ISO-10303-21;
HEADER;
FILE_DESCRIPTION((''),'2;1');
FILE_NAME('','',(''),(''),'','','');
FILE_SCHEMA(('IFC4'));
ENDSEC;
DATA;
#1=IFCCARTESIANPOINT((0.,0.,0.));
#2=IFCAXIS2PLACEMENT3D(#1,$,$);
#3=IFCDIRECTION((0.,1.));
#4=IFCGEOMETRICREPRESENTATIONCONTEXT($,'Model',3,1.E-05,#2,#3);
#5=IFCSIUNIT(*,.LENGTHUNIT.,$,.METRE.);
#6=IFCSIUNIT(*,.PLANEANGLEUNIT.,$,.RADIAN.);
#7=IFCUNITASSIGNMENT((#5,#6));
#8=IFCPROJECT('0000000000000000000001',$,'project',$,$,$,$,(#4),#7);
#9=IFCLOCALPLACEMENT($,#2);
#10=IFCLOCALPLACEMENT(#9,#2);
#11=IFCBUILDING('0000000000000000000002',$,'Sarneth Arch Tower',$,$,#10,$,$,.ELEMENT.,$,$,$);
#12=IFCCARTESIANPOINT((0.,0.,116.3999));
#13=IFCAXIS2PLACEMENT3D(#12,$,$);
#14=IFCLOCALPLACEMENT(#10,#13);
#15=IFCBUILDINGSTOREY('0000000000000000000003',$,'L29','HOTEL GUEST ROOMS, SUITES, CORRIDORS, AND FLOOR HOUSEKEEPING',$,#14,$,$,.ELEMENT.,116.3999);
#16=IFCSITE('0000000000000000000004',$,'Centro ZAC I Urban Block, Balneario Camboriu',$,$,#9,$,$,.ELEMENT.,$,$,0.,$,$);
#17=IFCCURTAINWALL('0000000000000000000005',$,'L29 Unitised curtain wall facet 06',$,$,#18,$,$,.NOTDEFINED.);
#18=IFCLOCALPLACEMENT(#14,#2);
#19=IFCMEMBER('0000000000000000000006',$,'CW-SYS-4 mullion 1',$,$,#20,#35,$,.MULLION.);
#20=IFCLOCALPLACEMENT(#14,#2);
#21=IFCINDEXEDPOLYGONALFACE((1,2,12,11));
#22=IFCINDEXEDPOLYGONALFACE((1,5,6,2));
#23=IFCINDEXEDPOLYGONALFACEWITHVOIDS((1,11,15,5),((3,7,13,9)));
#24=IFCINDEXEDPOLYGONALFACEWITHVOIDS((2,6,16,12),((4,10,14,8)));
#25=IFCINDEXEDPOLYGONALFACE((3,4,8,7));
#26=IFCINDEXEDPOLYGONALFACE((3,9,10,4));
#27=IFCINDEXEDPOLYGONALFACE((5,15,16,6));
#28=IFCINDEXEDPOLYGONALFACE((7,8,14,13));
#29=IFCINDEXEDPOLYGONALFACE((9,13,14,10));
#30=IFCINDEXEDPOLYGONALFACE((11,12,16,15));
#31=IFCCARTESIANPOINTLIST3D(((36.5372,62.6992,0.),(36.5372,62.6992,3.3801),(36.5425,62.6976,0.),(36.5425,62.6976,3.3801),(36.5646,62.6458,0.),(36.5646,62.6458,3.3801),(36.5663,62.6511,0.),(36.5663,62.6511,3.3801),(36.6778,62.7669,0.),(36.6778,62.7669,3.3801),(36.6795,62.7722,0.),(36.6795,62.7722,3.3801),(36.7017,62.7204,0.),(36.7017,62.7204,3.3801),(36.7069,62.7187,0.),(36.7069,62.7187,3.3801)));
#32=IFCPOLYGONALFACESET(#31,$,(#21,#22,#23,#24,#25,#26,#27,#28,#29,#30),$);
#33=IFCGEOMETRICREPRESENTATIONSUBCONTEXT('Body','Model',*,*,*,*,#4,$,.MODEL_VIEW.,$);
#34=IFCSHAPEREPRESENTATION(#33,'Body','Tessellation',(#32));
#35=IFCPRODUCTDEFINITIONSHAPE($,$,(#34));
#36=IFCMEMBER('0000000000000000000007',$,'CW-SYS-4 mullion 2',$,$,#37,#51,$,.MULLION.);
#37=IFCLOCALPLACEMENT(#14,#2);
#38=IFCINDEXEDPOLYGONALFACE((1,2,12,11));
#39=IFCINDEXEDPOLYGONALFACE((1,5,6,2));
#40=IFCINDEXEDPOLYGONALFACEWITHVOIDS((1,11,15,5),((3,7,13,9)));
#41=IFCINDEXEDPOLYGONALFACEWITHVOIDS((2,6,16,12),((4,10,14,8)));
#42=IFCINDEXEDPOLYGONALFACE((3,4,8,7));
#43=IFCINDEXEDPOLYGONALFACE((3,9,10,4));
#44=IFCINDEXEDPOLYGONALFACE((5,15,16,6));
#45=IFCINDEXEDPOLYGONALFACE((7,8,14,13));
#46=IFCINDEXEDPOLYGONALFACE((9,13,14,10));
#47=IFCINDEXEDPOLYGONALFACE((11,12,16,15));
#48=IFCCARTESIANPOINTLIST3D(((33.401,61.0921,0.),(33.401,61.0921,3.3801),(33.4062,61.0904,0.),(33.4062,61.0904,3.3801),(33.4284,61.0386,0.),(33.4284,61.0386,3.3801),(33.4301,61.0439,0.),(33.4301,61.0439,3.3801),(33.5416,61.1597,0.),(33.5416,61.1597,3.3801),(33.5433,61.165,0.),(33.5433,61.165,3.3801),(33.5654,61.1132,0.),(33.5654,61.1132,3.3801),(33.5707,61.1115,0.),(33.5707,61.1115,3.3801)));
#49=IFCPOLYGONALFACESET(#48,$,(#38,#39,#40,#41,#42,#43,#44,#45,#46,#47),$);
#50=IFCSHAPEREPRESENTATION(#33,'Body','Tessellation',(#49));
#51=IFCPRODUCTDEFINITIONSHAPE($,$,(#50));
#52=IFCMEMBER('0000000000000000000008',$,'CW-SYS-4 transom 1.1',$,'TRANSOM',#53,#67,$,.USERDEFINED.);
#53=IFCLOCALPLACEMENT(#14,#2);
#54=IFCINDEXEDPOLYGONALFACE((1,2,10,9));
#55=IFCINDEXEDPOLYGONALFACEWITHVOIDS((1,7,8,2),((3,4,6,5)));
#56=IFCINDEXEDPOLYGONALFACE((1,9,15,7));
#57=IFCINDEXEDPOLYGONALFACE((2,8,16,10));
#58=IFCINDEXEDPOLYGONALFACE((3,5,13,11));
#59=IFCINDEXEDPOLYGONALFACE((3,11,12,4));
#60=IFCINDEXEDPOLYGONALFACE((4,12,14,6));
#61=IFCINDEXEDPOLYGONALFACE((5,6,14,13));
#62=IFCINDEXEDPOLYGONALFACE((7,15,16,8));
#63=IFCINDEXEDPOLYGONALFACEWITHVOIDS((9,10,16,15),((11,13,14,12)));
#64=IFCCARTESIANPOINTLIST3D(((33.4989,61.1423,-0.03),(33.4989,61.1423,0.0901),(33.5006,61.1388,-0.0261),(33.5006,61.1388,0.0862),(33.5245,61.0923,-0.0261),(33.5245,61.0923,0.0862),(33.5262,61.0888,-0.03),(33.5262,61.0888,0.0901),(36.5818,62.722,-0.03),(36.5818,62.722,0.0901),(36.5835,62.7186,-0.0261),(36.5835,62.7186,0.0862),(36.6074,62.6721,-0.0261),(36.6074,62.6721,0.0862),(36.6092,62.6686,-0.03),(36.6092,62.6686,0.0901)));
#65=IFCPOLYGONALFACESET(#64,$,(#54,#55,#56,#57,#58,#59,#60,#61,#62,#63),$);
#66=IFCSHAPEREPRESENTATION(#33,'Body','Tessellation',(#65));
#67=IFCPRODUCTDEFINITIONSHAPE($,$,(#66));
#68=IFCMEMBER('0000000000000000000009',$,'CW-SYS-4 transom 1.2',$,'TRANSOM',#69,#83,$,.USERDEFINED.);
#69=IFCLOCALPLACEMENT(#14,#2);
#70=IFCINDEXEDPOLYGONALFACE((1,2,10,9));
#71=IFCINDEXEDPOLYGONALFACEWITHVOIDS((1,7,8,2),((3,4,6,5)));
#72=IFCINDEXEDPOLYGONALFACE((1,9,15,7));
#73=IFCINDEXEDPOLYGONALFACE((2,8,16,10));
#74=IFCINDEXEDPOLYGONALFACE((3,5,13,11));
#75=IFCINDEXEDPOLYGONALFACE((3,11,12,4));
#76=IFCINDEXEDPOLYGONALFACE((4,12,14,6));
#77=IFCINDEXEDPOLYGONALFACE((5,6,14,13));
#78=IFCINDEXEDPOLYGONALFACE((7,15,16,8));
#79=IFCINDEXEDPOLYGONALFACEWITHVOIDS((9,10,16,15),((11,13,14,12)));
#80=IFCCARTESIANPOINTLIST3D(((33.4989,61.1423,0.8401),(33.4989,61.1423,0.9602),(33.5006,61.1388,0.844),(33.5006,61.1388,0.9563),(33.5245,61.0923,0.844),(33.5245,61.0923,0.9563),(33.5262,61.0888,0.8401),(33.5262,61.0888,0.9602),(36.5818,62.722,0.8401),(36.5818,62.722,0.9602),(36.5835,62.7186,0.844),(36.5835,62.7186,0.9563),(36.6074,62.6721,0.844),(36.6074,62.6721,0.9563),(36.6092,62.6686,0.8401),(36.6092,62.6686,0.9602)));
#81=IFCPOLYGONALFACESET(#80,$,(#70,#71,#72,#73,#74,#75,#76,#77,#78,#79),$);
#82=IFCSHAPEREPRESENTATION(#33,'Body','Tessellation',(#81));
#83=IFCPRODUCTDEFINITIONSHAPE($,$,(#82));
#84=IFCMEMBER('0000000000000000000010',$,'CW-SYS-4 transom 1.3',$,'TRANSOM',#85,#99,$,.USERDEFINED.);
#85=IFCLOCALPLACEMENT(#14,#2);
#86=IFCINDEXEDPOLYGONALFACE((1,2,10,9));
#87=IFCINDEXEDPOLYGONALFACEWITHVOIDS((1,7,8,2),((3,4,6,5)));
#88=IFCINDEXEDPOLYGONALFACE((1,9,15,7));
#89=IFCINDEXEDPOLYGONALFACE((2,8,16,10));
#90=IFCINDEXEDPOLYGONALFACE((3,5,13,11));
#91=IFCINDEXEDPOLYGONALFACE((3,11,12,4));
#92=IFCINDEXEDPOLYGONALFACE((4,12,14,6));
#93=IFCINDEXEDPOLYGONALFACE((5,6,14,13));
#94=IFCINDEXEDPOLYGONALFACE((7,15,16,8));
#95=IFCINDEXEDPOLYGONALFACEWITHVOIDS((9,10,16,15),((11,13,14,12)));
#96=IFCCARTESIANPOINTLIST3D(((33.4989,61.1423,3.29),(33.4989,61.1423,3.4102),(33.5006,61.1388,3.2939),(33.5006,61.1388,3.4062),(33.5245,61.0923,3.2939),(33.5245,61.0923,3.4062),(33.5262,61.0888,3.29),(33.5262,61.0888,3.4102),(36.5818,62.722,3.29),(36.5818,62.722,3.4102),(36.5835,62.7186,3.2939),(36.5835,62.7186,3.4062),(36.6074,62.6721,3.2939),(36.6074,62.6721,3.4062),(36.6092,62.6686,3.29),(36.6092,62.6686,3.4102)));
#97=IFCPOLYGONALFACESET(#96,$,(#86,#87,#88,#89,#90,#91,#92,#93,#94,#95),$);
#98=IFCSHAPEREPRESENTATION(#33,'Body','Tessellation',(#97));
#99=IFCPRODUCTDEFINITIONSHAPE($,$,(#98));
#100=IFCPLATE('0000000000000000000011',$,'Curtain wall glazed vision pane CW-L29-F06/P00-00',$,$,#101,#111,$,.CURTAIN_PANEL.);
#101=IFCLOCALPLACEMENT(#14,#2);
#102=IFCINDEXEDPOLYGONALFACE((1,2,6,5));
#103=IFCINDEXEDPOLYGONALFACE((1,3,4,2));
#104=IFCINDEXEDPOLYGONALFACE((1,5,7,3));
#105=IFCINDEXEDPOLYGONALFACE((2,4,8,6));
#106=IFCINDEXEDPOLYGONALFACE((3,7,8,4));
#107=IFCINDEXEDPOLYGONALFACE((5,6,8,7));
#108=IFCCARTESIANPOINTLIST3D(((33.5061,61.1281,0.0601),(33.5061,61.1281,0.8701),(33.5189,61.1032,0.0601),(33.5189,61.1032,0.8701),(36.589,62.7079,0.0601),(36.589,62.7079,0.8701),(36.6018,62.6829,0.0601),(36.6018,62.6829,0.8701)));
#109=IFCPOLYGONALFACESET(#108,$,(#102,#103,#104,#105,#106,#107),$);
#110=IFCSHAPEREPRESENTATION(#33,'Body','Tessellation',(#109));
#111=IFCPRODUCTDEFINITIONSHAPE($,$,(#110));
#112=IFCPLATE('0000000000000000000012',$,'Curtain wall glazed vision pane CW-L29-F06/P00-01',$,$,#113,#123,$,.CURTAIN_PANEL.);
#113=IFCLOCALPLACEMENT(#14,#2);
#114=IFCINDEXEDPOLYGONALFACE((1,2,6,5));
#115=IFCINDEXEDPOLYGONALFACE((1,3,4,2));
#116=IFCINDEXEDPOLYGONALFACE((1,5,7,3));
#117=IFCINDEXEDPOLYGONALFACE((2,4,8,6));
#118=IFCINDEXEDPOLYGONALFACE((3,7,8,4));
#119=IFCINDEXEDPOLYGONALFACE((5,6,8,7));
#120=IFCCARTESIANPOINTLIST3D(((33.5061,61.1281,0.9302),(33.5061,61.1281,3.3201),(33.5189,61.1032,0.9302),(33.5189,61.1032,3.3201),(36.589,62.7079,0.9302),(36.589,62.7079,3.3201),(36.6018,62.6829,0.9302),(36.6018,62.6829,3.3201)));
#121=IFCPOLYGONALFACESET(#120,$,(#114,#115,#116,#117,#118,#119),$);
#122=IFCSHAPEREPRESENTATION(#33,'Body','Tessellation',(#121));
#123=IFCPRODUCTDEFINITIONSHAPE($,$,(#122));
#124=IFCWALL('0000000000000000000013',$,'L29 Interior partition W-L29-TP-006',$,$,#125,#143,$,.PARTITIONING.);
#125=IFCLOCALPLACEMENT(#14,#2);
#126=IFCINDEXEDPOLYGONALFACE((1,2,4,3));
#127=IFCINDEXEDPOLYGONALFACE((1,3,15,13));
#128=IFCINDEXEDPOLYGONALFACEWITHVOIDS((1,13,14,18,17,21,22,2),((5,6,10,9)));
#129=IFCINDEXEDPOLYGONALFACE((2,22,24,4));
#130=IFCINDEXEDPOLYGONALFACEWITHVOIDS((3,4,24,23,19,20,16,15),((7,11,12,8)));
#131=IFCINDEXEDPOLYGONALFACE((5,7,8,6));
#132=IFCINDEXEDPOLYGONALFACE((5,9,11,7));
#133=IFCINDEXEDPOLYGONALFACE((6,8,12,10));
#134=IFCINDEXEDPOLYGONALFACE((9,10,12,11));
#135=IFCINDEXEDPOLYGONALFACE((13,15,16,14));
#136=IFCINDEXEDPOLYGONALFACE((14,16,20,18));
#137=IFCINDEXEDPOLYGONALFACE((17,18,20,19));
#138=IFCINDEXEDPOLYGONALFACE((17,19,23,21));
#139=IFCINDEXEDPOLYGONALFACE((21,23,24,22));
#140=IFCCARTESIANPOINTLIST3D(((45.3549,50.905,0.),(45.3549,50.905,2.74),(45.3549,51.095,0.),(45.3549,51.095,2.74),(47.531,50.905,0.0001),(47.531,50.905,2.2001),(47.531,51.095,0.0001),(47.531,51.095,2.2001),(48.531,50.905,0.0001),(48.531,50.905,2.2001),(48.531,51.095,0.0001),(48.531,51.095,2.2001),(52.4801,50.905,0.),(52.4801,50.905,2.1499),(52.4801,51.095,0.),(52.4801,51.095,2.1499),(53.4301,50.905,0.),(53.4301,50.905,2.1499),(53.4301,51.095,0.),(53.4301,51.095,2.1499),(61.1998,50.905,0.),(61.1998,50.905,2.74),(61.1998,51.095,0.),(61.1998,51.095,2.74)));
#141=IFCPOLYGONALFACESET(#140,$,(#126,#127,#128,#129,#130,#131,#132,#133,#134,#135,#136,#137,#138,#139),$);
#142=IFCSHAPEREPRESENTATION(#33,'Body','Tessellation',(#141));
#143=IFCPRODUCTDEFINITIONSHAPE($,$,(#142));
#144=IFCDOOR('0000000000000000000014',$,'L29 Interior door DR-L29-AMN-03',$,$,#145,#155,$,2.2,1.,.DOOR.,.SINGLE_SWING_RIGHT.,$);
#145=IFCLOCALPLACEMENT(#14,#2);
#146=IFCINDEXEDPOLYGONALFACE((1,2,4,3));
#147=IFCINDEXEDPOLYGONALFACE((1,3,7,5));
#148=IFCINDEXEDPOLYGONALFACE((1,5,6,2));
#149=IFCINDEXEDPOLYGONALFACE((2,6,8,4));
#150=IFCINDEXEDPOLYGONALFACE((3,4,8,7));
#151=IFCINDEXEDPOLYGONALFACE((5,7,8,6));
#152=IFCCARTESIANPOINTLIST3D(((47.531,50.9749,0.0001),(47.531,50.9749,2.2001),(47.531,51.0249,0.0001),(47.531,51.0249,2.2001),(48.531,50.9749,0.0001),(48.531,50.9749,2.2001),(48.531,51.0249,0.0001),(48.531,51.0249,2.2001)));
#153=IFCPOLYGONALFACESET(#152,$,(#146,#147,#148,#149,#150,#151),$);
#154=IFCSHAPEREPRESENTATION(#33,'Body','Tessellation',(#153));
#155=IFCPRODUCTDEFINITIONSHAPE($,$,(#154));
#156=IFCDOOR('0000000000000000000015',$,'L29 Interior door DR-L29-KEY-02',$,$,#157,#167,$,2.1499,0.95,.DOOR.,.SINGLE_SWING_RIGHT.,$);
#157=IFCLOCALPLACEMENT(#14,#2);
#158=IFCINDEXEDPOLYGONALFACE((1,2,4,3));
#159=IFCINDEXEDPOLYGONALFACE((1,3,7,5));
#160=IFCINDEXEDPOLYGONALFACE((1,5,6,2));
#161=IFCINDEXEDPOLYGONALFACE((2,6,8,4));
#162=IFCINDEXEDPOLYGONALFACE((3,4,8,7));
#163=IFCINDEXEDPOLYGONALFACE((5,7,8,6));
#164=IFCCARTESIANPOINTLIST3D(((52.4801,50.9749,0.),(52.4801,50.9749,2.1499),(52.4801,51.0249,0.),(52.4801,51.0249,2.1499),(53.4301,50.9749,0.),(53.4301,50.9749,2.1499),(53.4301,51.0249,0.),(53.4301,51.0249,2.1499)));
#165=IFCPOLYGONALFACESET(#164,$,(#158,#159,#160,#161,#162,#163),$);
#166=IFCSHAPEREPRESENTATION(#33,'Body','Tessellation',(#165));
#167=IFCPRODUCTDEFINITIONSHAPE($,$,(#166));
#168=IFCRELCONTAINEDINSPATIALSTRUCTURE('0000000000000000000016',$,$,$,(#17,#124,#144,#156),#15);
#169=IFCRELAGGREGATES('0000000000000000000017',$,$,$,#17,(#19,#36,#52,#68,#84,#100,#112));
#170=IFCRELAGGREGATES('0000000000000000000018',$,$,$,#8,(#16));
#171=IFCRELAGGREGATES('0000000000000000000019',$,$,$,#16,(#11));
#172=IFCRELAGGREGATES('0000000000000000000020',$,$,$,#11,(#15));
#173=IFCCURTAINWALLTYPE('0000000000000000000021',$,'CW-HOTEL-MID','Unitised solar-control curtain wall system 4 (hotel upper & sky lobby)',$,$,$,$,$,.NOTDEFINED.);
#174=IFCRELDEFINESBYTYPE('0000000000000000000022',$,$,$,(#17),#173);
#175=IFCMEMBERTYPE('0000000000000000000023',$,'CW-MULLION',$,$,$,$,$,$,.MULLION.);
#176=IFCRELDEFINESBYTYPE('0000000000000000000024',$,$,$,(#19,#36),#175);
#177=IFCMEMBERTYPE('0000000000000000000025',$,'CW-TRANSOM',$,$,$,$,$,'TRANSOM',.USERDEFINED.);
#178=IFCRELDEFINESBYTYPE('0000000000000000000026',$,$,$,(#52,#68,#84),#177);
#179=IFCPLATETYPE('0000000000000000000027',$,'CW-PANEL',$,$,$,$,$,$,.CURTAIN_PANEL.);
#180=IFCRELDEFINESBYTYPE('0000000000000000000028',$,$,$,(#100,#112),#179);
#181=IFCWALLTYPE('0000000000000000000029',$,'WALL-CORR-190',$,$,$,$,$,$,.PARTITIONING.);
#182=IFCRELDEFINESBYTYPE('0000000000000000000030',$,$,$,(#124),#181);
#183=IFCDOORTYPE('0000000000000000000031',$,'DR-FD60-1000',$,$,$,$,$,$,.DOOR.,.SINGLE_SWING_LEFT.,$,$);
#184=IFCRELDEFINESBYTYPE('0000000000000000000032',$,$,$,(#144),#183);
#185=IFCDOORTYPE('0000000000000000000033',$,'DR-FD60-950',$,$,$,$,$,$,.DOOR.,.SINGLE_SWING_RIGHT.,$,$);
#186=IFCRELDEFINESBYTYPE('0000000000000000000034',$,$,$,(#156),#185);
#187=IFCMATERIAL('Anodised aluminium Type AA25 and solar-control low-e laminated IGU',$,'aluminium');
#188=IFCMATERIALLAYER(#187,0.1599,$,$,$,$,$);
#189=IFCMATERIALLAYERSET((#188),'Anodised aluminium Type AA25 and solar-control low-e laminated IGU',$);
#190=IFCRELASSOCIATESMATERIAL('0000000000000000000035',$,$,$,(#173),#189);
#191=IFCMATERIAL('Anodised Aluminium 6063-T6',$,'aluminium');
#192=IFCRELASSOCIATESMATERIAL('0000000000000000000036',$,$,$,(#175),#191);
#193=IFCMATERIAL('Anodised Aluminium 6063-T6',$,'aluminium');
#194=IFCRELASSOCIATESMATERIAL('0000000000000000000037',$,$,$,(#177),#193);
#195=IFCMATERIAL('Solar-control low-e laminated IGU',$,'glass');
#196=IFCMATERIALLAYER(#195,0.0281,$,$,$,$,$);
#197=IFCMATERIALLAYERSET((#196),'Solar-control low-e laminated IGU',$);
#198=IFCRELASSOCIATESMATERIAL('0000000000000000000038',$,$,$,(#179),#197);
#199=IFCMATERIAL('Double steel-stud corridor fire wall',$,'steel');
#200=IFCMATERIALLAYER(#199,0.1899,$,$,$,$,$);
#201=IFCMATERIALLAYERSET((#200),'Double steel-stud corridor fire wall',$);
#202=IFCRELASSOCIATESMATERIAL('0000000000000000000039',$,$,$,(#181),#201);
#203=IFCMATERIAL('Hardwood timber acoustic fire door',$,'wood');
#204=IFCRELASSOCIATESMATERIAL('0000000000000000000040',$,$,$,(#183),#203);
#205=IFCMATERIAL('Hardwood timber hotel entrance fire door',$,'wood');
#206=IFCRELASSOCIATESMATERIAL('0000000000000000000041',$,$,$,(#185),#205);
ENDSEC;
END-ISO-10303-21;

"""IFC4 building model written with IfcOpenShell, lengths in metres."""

from ifc_helpers import new_model, si_unit, direction, frame, frame_2d, origin, origin_2d, place, context, subcontext, project, spatial, rectangle, hollow_rectangle, extrude, material, layer, layer_set, material_profile, profile_set, type_object, element, fill, aggregate, save


model = new_model("IFC4")

# Units and contexts
model_context = context("Model", 3, precision=1e-05, world=origin(), true_north=direction((0.0, 1.0)))
body_context = subcontext(model_context, "Body", "Model", "MODEL_VIEW")
ifc_project = project(units=[si_unit("LENGTHUNIT", "METRE"), si_unit("PLANEANGLEUNIT", "RADIAN")], contexts=[model_context])

# Site, building, storey
site_placement = place(None, origin())
site = spatial("IfcSite", under=ifc_project, at=site_placement, Name="Centro ZAC I Urban Block, Balneario Camboriu", CompositionType="ELEMENT", RefElevation=0.0)
building_placement = place(site_placement, origin())
building = spatial("IfcBuilding", under=site, at=building_placement, Name="Sarneth Arch Tower", CompositionType="ELEMENT")
storey_placement = place(building_placement, frame((0.0, 0.0, 116.3999)))
storey = spatial("IfcBuildingStorey", under=building, at=storey_placement, Name="L29", Description="HOTEL GUEST ROOMS, SUITES, CORRIDORS, AND FLOOR HOUSEKEEPING", CompositionType="ELEMENT", Elevation=116.3999)

# Curtain wall, members, plates
ifc_material_1 = material(Name="Anodised aluminium Type AA25 and solar-control low-e laminated IGU", Category="aluminium")
ifc_layer_1 = layer(ifc_material_1, 0.1599)
ifc_layer_set_1 = layer_set([ifc_layer_1], Name="Anodised aluminium Type AA25 and solar-control low-e laminated IGU")
curtain_wall_type = type_object("IfcCurtainWallType", Name="CW-HOTEL-MID", Description="Unitised solar-control curtain wall system 4 (hotel upper & sky lobby)", PredefinedType="NOTDEFINED", material=ifc_layer_set_1)
curtain_wall_placement = place(storey_placement, origin())
curtain_wall = element("IfcCurtainWall", 1, at=curtain_wall_placement, inside=storey, type_object=curtain_wall_type, Name="L29 Unitised curtain wall facet 06", PredefinedType="NOTDEFINED")
ifc_material_2 = material(Name="Anodised Aluminium 6063-T6", Category="aluminium")
ifc_material_profile_1 = material_profile(ifc_material_2, hollow_rectangle(XDim=0.0601, YDim=0.1599, WallThickness=0.0039, at=origin_2d()), Name="AL-MULL-160x60x4")
ifc_profile_set_1 = profile_set([ifc_material_profile_1], Name="Anodised Aluminium 6063-T6")
member_type_1 = type_object("IfcMemberType", Name="CW-MULLION", PredefinedType="MULLION", material=ifc_profile_set_1)
member_1_placement = place(storey_placement, frame((36.6221, 62.709, 0.0), z_axis=(0.0, 0.0, 1.0), x_axis=(0.456031, -0.889964, 0.0)))
member_1 = element("IfcMember", 2, at=member_1_placement, type_object=member_type_1, Name="CW-SYS-4 mullion 1", PredefinedType="MULLION", context=body_context, shape_type="SweptSolid", body=[
    extrude(hollow_rectangle(XDim=0.0601, YDim=0.1599, WallThickness=0.0039, at=origin_2d()), origin(), (0.0, 0.0, 1.0), 3.3801),
])
member_2_placement = place(storey_placement, frame((33.4858, 61.1018, 0.0), z_axis=(0.0, 0.0, 1.0), x_axis=(0.456031, -0.889964, 0.0)))
member_2 = element("IfcMember", 3, at=member_2_placement, type_object=member_type_1, Name="CW-SYS-4 mullion 2", PredefinedType="MULLION", context=body_context, shape_type="SweptSolid", body=[
    extrude(hollow_rectangle(XDim=0.0601, YDim=0.1599, WallThickness=0.0039, at=origin_2d()), origin(), (0.0, 0.0, 1.0), 3.3801),
])
ifc_material_3 = material(Name="Anodised Aluminium 6063-T6", Category="aluminium")
ifc_material_profile_2 = material_profile(ifc_material_3, hollow_rectangle(XDim=0.0601, YDim=0.1201, WallThickness=0.0039, at=origin_2d()), Name="AL-TRAN-120x60x4")
ifc_profile_set_2 = profile_set([ifc_material_profile_2], Name="Anodised Aluminium 6063-T6")
member_type_2 = type_object("IfcMemberType", Name="CW-TRANSOM", ElementType="TRANSOM", PredefinedType="USERDEFINED", material=ifc_profile_set_2)
member_3_placement = place(storey_placement, frame((36.5955, 62.6953, 0.03), z_axis=(-0.889958, -0.456043, 0.0), x_axis=(0.456043, -0.889958, 0.0)))
member_3 = element("IfcMember", 4, at=member_3_placement, type_object=member_type_2, Name="CW-SYS-4 transom 1.1", ObjectType="TRANSOM", PredefinedType="USERDEFINED", context=body_context, shape_type="SweptSolid", body=[
    extrude(hollow_rectangle(XDim=0.0601, YDim=0.1201, WallThickness=0.0039, at=origin_2d()), origin(), (0.0, 0.0, 1.0), 3.4641),
])
member_4_placement = place(storey_placement, frame((36.5955, 62.6953, 0.9001), z_axis=(-0.889958, -0.456043, 0.0), x_axis=(0.456043, -0.889958, 0.0)))
member_4 = element("IfcMember", 5, at=member_4_placement, type_object=member_type_2, Name="CW-SYS-4 transom 1.2", ObjectType="TRANSOM", PredefinedType="USERDEFINED", context=body_context, shape_type="SweptSolid", body=[
    extrude(hollow_rectangle(XDim=0.0601, YDim=0.1201, WallThickness=0.0039, at=origin_2d()), origin(), (0.0, 0.0, 1.0), 3.4641),
])
member_5_placement = place(storey_placement, frame((36.5955, 62.6953, 3.3501), z_axis=(-0.889958, -0.456043, 0.0), x_axis=(0.456043, -0.889958, 0.0)))
member_5 = element("IfcMember", 6, at=member_5_placement, type_object=member_type_2, Name="CW-SYS-4 transom 1.3", ObjectType="TRANSOM", PredefinedType="USERDEFINED", context=body_context, shape_type="SweptSolid", body=[
    extrude(hollow_rectangle(XDim=0.0601, YDim=0.1201, WallThickness=0.0039, at=origin_2d()), origin(), (0.0, 0.0, 1.0), 3.4641),
])
ifc_material_4 = material(Name="Solar-control low-e laminated IGU", Category="glass")
ifc_layer_2 = layer(ifc_material_4, 0.0281)
ifc_layer_set_2 = layer_set([ifc_layer_2], Name="Solar-control low-e laminated IGU")
plate_type = type_object("IfcPlateType", Name="CW-PANEL", PredefinedType="CURTAIN_PANEL", material=ifc_layer_set_2)
plate_1_placement = place(storey_placement, frame((35.054, 61.9055, 0.0601), z_axis=(0.0, 0.0, 1.0), x_axis=(-0.889964, -0.456031, 0.0)))
plate_1 = element("IfcPlate", 7, at=plate_1_placement, type_object=plate_type, Name="Curtain wall glazed vision pane CW-L29-F06/P00-00", PredefinedType="CURTAIN_PANEL", context=body_context, shape_type="SweptSolid", body=[
    extrude(rectangle(XDim=3.4641, YDim=0.0281, at=origin_2d()), origin(), (0.0, 0.0, 1.0), 0.8101),
])
plate_2_placement = place(storey_placement, frame((35.054, 61.9055, 0.9302), z_axis=(0.0, 0.0, 1.0), x_axis=(-0.889964, -0.456031, 0.0)))
plate_2 = element("IfcPlate", 8, at=plate_2_placement, type_object=plate_type, Name="Curtain wall glazed vision pane CW-L29-F06/P00-01", PredefinedType="CURTAIN_PANEL", context=body_context, shape_type="SweptSolid", body=[
    extrude(rectangle(XDim=3.4641, YDim=0.0281, at=origin_2d()), origin(), (0.0, 0.0, 1.0), 2.3899),
])
aggregate(curtain_wall, [member_1, member_2, member_3, member_4, member_5, plate_1, plate_2])

# Wall, openings, doors
ifc_material_5 = material(Name="Double steel-stud corridor fire wall", Category="steel")
ifc_layer_3 = layer(ifc_material_5, 0.1899)
ifc_layer_set_3 = layer_set([ifc_layer_3], Name="Double steel-stud corridor fire wall")
wall_type_1 = type_object("IfcWallType", Name="WALL-CORR-190", PredefinedType="PARTITIONING", material=ifc_layer_set_3)
wall_1_placement = place(storey_placement, frame((45.355, 51.0, 0.0), z_axis=(0.0, 0.0, 1.0), x_axis=(1.0, 0.0, 0.0)))
wall_1 = element("IfcWall", 9, at=wall_1_placement, inside=storey, type_object=wall_type_1, Name="L29 Interior partition W-L29-TP-006", PredefinedType="PARTITIONING", context=body_context, shape_type="SweptSolid", body=[
    extrude(rectangle(XDim=15.845, YDim=0.1899, at=frame_2d((7.9224, 0.0))), origin(), (0.0, 0.0, 1.0), 2.74),
])
opening_1_placement = place(wall_1_placement, frame((2.176, 0.0, 0.0)))
opening_1 = element("IfcOpeningElement", 10, at=opening_1_placement, cuts=wall_1, PredefinedType="OPENING", context=body_context, shape_type="SweptSolid", body=[
    extrude(rectangle(XDim=1.0, YDim=2.2, at=frame_2d((0.5, 1.1001))), frame((0.0, 0.105, 0.0), z_axis=(0.0, -1.0, 0.0), x_axis=(1.0, 0.0, 0.0)), (0.0, 0.0, 1.0), 0.21),
])
opening_2_placement = place(wall_1_placement, frame((7.125, 0.0, 0.0)))
opening_2 = element("IfcOpeningElement", 11, at=opening_2_placement, cuts=wall_1, PredefinedType="OPENING", context=body_context, shape_type="SweptSolid", body=[
    extrude(rectangle(XDim=0.95, YDim=2.1499, at=frame_2d((0.4751, 1.075))), frame((0.0, 0.105, 0.0), z_axis=(0.0, -1.0, 0.0), x_axis=(1.0, 0.0, 0.0)), (0.0, 0.0, 1.0), 0.21),
])
ifc_material_6 = material(Name="Hardwood timber acoustic fire door", Category="wood")
door_type_1 = type_object("IfcDoorType", Name="DR-FD60-1000", OperationType="SINGLE_SWING_LEFT", PredefinedType="DOOR", material=ifc_material_6)
door_1_placement = place(opening_1_placement, origin())
door_1 = element("IfcDoor", 12, at=door_1_placement, inside=storey, type_object=door_type_1, Name="L29 Interior door DR-L29-AMN-03", OperationType="SINGLE_SWING_RIGHT", OverallHeight=2.2, OverallWidth=1.0, PredefinedType="DOOR", context=body_context, shape_type="SweptSolid", body=[
    extrude(rectangle(XDim=1.0, YDim=2.2, at=frame_2d((0.5, 1.1001))), frame((0.0, 0.0249, 0.0), z_axis=(0.0, -1.0, 0.0), x_axis=(1.0, 0.0, 0.0)), (0.0, 0.0, 1.0), 0.05),
])
fill(opening_1, door_1)
ifc_material_7 = material(Name="Hardwood timber hotel entrance fire door", Category="wood")
door_type_2 = type_object("IfcDoorType", Name="DR-FD60-950", OperationType="SINGLE_SWING_RIGHT", PredefinedType="DOOR", material=ifc_material_7)
door_2_placement = place(opening_2_placement, origin())
door_2 = element("IfcDoor", 13, at=door_2_placement, inside=storey, type_object=door_type_2, Name="L29 Interior door DR-L29-KEY-02", OperationType="SINGLE_SWING_RIGHT", OverallHeight=2.1499, OverallWidth=0.95, PredefinedType="DOOR", context=body_context, shape_type="SweptSolid", body=[
    extrude(rectangle(XDim=0.95, YDim=2.1499, at=frame_2d((0.4751, 1.075))), frame((0.0, 0.0249, 0.0), z_axis=(0.0, -1.0, 0.0), x_axis=(1.0, 0.0, 0.0)), (0.0, 0.0, 1.0), 0.05),
])
fill(opening_2, door_2)

save(model, "model.ifc")
